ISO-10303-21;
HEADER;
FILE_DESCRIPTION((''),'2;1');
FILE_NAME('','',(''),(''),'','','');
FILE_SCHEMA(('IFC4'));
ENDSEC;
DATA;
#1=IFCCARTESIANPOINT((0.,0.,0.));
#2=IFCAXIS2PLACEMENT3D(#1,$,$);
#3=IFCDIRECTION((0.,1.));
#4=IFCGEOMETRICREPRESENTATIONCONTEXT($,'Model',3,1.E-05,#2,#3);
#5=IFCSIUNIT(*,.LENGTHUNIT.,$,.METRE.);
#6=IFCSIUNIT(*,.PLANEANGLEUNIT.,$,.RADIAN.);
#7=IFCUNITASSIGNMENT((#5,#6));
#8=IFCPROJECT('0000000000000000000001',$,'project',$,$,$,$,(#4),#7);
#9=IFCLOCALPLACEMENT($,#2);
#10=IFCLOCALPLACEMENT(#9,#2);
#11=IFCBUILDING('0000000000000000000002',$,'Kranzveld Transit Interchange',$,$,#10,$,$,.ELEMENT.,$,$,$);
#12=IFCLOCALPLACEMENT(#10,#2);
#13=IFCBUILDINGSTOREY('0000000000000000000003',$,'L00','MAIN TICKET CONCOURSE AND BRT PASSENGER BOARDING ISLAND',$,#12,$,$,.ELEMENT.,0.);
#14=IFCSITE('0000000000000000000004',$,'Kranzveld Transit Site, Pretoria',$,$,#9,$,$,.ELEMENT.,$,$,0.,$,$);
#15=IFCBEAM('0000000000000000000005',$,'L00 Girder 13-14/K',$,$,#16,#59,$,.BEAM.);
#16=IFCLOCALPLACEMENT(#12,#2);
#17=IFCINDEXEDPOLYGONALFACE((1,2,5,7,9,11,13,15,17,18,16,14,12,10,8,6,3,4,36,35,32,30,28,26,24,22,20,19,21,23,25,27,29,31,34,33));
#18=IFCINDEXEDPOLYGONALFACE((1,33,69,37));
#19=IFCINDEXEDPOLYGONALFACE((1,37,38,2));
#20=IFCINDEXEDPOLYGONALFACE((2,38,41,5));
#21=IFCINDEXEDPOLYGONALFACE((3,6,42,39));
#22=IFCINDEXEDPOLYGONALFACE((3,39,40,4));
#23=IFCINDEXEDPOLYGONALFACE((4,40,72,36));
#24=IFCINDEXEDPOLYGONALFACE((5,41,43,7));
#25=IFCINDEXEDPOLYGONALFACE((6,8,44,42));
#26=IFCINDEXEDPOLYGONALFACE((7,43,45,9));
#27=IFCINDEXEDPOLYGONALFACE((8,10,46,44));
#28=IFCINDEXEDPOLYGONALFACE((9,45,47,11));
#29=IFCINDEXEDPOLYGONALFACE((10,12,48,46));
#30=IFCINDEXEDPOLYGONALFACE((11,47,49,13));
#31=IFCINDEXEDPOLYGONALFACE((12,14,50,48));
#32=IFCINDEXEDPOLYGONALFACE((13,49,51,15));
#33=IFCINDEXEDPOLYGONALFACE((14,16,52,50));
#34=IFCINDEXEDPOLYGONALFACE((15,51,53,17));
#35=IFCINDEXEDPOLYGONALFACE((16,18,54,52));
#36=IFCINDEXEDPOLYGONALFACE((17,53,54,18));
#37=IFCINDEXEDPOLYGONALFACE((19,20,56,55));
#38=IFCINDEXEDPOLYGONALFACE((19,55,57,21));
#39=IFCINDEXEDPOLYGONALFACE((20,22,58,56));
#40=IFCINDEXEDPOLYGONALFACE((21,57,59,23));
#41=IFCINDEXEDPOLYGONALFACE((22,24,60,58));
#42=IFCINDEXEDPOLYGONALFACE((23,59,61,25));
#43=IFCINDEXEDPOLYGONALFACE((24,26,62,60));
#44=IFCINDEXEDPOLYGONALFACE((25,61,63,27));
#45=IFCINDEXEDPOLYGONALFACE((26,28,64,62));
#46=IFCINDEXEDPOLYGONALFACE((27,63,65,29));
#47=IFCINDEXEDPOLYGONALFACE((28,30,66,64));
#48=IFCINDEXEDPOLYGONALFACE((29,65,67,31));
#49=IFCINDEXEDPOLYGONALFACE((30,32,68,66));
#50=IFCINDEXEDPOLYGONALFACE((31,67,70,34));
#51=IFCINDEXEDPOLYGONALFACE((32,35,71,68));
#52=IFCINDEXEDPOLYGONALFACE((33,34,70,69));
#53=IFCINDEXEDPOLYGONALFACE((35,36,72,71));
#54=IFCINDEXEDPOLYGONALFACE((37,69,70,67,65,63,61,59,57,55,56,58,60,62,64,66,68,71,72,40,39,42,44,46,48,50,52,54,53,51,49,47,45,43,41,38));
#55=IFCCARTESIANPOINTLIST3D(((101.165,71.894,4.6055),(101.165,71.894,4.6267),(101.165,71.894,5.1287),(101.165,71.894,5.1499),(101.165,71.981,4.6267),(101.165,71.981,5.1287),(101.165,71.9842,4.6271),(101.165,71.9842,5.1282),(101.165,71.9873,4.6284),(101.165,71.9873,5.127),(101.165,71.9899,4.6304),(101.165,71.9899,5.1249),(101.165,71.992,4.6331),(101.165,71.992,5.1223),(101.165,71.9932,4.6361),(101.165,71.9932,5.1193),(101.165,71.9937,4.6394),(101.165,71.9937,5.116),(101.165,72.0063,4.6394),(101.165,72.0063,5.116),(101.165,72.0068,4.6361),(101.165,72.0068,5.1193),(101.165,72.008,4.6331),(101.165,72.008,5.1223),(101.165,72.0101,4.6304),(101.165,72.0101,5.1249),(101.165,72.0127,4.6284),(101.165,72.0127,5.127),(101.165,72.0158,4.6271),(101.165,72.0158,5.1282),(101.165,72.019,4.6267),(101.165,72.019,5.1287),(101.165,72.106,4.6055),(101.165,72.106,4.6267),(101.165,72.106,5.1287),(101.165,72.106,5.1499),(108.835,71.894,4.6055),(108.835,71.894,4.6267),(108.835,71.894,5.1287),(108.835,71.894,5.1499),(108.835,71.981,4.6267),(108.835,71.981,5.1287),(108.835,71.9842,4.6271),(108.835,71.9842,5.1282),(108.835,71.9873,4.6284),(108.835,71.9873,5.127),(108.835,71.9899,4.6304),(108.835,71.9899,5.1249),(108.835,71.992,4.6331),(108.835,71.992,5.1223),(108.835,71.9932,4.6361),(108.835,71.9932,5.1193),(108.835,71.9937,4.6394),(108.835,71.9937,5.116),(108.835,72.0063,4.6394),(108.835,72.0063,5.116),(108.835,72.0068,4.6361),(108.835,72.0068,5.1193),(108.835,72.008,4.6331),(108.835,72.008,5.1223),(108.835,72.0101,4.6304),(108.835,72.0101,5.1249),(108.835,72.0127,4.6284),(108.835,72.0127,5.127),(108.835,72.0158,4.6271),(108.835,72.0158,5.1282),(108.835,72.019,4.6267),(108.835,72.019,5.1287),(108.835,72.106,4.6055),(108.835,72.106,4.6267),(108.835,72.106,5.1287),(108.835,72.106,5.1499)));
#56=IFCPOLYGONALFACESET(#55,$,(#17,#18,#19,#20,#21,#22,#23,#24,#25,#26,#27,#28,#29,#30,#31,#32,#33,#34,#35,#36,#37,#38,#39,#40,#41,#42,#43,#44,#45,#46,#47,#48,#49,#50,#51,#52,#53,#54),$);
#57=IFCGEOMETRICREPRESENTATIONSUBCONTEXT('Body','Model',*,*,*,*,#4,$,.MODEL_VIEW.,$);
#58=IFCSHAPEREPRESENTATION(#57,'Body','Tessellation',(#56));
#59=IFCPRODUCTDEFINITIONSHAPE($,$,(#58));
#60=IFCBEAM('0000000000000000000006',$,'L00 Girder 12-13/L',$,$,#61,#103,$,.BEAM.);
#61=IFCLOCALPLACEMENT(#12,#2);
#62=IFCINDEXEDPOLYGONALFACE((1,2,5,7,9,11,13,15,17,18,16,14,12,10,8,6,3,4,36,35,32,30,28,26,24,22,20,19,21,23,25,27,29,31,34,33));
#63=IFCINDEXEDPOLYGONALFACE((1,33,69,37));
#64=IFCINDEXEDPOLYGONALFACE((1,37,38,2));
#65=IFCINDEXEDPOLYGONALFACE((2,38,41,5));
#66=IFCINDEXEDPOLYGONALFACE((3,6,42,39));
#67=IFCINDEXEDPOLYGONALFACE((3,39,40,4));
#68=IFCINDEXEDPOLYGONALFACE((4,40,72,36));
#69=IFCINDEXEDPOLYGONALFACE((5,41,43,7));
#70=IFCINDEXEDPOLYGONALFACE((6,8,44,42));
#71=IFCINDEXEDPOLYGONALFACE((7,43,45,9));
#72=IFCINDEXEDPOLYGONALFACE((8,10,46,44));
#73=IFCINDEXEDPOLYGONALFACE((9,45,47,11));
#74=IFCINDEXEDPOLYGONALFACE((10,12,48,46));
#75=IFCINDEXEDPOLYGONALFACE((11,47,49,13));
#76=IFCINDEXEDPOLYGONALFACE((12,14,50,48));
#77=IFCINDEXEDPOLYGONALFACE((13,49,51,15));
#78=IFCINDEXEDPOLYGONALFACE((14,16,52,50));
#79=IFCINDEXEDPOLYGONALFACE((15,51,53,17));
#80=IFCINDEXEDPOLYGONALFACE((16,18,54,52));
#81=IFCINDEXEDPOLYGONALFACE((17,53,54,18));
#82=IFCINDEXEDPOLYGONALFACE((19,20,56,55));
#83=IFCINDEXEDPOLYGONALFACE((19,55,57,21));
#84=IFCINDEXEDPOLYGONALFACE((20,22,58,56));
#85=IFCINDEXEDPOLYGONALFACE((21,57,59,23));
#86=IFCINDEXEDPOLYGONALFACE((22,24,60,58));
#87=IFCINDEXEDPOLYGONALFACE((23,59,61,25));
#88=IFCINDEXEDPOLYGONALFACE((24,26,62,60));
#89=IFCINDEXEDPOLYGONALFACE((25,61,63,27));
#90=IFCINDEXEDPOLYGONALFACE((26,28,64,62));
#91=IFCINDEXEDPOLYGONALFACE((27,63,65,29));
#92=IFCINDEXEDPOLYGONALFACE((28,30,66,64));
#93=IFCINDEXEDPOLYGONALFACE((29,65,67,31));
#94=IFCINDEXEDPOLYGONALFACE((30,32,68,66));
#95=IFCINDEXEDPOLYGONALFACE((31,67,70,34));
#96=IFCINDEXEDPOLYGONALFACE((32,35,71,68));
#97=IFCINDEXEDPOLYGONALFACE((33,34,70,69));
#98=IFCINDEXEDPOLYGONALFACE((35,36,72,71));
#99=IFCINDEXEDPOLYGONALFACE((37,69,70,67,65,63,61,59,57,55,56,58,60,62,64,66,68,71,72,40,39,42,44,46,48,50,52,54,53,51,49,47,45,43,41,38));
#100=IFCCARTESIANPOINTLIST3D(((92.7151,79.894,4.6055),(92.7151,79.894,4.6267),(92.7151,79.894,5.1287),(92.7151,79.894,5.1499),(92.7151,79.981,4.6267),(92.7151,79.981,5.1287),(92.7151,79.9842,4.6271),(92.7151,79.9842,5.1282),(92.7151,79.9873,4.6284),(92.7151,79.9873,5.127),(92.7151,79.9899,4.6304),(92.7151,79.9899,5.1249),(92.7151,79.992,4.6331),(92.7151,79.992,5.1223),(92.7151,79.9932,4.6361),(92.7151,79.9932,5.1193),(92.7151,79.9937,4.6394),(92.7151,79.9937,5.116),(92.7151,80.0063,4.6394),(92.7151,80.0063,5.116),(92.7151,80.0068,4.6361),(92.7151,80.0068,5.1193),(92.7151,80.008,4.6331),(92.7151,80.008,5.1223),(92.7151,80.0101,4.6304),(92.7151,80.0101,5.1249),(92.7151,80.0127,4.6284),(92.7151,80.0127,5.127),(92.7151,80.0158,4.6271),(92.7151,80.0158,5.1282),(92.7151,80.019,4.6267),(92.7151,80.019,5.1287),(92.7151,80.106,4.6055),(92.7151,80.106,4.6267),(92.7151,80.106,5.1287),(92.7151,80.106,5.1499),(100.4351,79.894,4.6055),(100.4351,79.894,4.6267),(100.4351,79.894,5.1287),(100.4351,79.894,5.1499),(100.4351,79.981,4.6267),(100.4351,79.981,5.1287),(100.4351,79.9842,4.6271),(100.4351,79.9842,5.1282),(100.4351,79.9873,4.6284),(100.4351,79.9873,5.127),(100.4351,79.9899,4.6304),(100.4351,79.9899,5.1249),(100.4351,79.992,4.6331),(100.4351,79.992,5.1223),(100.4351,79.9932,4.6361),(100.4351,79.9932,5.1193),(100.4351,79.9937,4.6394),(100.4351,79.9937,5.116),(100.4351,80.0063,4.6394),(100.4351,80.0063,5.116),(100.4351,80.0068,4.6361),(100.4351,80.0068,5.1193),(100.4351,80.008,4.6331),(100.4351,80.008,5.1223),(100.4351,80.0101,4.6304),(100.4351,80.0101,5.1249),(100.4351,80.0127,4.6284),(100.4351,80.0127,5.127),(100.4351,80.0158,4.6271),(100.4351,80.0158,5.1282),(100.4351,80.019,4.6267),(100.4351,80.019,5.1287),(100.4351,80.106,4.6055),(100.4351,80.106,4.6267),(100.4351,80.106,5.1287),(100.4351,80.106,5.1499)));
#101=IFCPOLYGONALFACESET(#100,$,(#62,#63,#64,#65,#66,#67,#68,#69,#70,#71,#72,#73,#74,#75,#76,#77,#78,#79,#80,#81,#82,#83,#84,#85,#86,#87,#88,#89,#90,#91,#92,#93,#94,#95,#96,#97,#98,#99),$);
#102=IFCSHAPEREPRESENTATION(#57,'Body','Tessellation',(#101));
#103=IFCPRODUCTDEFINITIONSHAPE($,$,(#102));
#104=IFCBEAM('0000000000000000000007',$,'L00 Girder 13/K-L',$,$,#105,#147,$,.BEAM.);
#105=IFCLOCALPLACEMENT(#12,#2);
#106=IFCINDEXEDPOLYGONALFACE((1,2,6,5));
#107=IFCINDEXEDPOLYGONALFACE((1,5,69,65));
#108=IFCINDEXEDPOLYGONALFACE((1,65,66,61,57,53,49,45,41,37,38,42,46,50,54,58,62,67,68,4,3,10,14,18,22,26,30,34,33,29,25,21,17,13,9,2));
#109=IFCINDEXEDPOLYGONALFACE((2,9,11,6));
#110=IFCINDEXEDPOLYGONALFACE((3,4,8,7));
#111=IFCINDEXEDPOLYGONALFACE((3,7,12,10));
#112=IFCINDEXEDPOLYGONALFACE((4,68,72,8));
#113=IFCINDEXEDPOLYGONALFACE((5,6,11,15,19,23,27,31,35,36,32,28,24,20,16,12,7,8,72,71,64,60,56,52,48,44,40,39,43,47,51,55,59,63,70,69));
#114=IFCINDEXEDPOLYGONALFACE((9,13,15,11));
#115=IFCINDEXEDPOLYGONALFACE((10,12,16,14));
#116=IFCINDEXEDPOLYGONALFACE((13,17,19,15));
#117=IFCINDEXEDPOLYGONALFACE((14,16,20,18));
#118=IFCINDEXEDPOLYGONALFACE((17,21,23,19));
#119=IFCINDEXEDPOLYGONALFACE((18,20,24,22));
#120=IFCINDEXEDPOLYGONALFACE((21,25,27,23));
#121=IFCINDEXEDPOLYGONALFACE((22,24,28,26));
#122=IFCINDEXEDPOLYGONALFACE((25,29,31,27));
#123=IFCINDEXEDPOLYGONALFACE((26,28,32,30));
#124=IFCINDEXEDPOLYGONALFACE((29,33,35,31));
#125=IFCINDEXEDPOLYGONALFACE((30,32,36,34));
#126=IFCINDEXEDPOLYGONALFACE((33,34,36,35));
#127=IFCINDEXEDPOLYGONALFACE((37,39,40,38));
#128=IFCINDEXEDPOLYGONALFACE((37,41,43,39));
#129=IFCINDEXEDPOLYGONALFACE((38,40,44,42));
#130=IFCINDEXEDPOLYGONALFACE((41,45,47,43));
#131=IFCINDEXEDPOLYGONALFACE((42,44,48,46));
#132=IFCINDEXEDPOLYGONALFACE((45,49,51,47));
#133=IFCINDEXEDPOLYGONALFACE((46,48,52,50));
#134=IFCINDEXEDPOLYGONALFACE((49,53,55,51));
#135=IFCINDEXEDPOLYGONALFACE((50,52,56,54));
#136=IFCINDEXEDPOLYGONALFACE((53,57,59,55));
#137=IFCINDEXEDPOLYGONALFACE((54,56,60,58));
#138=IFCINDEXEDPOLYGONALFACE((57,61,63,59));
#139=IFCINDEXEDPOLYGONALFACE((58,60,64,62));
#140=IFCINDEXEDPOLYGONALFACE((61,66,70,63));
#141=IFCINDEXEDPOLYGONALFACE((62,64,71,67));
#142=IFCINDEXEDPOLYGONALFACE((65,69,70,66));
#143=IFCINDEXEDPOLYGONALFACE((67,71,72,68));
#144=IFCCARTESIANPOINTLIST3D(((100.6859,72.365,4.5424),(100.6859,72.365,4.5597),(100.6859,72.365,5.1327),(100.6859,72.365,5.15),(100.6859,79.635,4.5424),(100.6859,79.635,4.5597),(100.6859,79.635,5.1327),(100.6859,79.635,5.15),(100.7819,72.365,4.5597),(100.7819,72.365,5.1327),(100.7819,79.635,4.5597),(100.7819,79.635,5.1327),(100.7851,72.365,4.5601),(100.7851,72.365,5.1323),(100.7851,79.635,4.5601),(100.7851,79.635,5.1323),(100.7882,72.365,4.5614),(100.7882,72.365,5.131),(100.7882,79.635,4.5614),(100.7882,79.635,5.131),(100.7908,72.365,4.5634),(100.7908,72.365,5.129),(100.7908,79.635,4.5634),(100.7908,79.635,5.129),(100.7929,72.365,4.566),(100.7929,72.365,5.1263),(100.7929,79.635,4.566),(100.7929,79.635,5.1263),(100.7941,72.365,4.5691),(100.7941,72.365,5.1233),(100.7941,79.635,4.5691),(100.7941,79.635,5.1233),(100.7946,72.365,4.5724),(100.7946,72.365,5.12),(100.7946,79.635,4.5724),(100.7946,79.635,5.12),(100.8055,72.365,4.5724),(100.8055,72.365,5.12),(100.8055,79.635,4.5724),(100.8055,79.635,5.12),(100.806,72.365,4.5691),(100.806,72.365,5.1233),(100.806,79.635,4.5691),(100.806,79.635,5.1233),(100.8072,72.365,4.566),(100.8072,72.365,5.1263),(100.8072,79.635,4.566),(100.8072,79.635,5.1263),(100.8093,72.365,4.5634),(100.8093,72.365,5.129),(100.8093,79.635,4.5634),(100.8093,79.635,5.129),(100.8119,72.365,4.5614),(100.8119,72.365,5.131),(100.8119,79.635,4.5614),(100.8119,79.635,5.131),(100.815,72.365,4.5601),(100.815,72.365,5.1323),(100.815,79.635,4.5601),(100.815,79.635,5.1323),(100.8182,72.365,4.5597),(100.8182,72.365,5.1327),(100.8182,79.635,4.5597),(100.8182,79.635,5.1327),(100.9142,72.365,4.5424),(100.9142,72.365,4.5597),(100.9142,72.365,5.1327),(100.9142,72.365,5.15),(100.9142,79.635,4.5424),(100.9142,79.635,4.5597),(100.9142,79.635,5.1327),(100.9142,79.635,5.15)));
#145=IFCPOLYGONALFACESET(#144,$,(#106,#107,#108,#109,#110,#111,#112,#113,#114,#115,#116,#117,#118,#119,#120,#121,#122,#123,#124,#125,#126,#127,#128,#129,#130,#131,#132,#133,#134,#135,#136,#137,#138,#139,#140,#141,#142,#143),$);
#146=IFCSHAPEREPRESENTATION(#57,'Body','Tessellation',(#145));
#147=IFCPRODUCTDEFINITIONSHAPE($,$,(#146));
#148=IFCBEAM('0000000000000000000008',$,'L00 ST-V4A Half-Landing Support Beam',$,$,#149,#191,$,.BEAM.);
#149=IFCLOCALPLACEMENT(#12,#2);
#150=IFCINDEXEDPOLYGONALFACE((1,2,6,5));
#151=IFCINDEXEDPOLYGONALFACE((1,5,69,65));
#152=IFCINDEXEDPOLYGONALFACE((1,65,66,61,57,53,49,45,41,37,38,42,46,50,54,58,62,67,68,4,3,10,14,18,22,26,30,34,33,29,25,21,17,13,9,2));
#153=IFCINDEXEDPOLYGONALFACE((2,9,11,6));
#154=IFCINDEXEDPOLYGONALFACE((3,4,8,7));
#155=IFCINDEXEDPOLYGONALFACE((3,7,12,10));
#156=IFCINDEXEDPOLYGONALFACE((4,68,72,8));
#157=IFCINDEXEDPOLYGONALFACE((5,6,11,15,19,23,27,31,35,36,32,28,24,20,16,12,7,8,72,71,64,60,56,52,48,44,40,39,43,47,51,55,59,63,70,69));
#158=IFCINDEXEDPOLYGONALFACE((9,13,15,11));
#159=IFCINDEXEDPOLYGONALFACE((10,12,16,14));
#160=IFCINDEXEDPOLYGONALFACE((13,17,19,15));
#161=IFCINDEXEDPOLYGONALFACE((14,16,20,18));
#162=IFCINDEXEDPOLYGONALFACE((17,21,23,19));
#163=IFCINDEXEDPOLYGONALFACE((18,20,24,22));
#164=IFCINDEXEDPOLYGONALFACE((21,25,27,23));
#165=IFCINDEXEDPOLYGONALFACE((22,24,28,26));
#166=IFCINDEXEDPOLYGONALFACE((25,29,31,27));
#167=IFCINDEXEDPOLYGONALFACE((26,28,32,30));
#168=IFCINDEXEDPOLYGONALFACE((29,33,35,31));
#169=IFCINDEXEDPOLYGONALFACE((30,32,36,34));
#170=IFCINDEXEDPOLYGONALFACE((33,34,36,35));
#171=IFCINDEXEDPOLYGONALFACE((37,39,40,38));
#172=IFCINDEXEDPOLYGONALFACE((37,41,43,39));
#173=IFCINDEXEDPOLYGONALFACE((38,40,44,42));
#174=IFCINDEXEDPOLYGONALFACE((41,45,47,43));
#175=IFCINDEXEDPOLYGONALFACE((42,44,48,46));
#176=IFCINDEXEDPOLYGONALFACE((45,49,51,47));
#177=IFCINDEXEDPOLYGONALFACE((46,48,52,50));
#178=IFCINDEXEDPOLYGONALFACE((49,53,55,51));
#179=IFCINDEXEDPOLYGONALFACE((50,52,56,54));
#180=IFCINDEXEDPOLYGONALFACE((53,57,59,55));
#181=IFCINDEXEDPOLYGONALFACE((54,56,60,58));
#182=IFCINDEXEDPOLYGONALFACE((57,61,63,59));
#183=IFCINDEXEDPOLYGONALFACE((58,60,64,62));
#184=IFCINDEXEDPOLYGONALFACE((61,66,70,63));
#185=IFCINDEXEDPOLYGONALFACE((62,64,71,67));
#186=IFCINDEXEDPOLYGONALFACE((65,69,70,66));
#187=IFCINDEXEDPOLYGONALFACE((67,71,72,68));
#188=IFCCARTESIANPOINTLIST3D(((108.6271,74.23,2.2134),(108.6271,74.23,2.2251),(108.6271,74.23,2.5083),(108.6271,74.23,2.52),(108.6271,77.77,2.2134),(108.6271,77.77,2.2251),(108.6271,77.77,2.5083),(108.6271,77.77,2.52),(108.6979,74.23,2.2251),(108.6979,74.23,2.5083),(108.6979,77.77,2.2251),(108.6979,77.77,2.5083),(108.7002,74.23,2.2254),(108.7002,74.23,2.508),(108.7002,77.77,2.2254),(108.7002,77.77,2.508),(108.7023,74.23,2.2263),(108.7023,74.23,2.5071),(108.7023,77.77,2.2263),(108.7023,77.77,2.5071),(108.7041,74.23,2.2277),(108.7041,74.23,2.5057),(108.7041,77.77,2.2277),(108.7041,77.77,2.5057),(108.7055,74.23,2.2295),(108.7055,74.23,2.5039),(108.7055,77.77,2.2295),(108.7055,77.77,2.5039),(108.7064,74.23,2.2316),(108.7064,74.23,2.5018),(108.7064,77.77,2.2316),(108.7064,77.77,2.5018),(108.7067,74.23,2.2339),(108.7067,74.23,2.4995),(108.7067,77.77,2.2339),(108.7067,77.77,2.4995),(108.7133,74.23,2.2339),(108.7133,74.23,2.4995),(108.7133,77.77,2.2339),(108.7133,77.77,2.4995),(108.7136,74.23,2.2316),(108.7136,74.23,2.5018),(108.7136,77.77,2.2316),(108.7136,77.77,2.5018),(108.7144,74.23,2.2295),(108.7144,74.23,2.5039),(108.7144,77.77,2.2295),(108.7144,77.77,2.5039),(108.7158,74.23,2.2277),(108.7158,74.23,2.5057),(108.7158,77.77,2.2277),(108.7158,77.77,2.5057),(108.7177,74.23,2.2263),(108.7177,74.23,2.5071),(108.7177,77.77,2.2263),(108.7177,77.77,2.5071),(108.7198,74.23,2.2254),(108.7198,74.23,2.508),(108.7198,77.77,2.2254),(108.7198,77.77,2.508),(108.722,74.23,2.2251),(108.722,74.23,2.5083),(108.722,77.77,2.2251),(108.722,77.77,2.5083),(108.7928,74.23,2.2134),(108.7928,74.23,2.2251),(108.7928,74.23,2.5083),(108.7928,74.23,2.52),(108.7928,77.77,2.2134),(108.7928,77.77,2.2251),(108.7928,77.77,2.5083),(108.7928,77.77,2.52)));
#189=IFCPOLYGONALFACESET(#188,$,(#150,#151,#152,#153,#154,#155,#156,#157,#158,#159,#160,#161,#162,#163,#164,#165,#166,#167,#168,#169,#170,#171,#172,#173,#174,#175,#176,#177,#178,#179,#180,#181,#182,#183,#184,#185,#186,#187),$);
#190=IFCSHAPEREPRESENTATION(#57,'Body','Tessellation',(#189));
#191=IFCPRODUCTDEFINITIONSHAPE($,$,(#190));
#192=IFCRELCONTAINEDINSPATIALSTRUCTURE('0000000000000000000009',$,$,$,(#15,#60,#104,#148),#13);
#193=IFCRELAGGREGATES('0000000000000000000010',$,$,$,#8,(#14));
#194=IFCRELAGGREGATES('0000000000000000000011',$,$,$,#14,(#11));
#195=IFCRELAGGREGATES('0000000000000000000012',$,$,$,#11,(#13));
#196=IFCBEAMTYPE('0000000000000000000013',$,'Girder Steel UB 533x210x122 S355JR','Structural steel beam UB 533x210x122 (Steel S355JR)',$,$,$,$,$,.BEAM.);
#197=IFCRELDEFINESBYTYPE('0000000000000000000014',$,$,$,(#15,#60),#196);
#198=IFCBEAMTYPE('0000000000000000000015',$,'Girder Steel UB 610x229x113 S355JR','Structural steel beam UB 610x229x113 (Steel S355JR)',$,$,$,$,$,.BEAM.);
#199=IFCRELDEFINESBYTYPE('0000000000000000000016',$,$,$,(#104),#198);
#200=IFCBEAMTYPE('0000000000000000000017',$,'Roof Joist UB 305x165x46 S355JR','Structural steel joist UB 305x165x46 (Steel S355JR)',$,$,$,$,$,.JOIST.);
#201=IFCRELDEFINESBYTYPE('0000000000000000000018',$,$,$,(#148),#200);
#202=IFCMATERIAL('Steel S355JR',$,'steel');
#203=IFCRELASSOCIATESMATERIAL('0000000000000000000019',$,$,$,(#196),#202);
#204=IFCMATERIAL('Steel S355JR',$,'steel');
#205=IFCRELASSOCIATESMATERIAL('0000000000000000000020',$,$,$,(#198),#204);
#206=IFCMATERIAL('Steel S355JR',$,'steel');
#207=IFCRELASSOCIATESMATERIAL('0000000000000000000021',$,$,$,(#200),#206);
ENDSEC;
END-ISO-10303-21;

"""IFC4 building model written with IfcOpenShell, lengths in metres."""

from ifc_helpers import new_model, si_unit, direction, frame, origin, origin_2d, place, context, subcontext, project, spatial, i_section, extrude, material, material_profile, profile_set, type_object, element, save


model = new_model("IFC4")

# Units and contexts
model_context = context("Model", 3, precision=1e-05, world=origin(), true_north=direction((0.0, 1.0)))
body_context = subcontext(model_context, "Body", "Model", "MODEL_VIEW")
ifc_project = project(units=[si_unit("LENGTHUNIT", "METRE"), si_unit("PLANEANGLEUNIT", "RADIAN")], contexts=[model_context])

# Site, building, storey
site_placement = place(None, origin())
site = spatial("IfcSite", under=ifc_project, at=site_placement, Name="Kranzveld Transit Site, Pretoria", CompositionType="ELEMENT", RefElevation=0.0)
building_placement = place(site_placement, origin())
building = spatial("IfcBuilding", under=site, at=building_placement, Name="Kranzveld Transit Interchange", CompositionType="ELEMENT")
storey_placement = place(building_placement, origin())
storey = spatial("IfcBuildingStorey", under=building, at=storey_placement, Name="L00", Description="MAIN TICKET CONCOURSE AND BRT PASSENGER BOARDING ISLAND", CompositionType="ELEMENT", Elevation=0.0)

# Beams
ifc_material_1 = material(Name="Steel S355JR", Category="steel")
ifc_material_profile_1 = material_profile(ifc_material_1, i_section(OverallWidth=0.2119, OverallDepth=0.5444, WebThickness=0.0127, FlangeThickness=0.0212, FilletRadius=0.0127, at=origin_2d()), Name="UB 533x210x122")
ifc_profile_set_1 = profile_set([ifc_material_profile_1], Name="Steel S355JR")
beam_type_1 = type_object("IfcBeamType", Name="Girder Steel UB 533x210x122 S355JR", Description="Structural steel beam UB 533x210x122 (Steel S355JR)", PredefinedType="BEAM", material=ifc_profile_set_1)
beam_1_placement = place(storey_placement, frame((101.165, 72.0, 4.8777), z_axis=(1.0, 0.0, 0.0), x_axis=(0.0, 1.0, 0.0)))
element("IfcBeam", 1, at=beam_1_placement, inside=storey, type_object=beam_type_1, Name="L00 Girder 13-14/K", PredefinedType="BEAM", context=body_context, shape_type="SweptSolid", body=[
    extrude(i_section(OverallWidth=0.2119, OverallDepth=0.5444, WebThickness=0.0127, FlangeThickness=0.0212, FilletRadius=0.0127, at=origin_2d()), origin(), (0.0, 0.0, 1.0), 7.6699),
])
beam_2_placement = place(storey_placement, frame((92.7151, 80.0, 4.8777), z_axis=(1.0, 0.0, 0.0), x_axis=(0.0, 1.0, 0.0)))
element("IfcBeam", 2, at=beam_2_placement, inside=storey, type_object=beam_type_1, Name="L00 Girder 12-13/L", PredefinedType="BEAM", context=body_context, shape_type="SweptSolid", body=[
    extrude(i_section(OverallWidth=0.2119, OverallDepth=0.5444, WebThickness=0.0127, FlangeThickness=0.0212, FilletRadius=0.0127, at=origin_2d()), origin(), (0.0, 0.0, 1.0), 7.72),
])
ifc_material_2 = material(Name="Steel S355JR", Category="steel")
ifc_material_profile_2 = material_profile(ifc_material_2, i_section(OverallWidth=0.2283, OverallDepth=0.6077, WebThickness=0.011, FlangeThickness=0.0173, FilletRadius=0.0127, at=origin_2d()), Name="UB 610x229x113")
ifc_profile_set_2 = profile_set([ifc_material_profile_2], Name="Steel S355JR")
beam_type_2 = type_object("IfcBeamType", Name="Girder Steel UB 610x229x113 S355JR", Description="Structural steel beam UB 610x229x113 (Steel S355JR)", PredefinedType="BEAM", material=ifc_profile_set_2)
beam_3_placement = place(storey_placement, frame((100.8, 72.365, 4.8462), z_axis=(0.0, 1.0, 0.0), x_axis=(-1.0, 0.0, 0.0)))
element("IfcBeam", 3, at=beam_3_placement, inside=storey, type_object=beam_type_2, Name="L00 Girder 13/K-L", PredefinedType="BEAM", context=body_context, shape_type="SweptSolid", body=[
    extrude(i_section(OverallWidth=0.2283, OverallDepth=0.6077, WebThickness=0.011, FlangeThickness=0.0173, FilletRadius=0.0127, at=origin_2d()), origin(), (0.0, 0.0, 1.0), 7.27),
])
ifc_material_3 = material(Name="Steel S355JR", Category="steel")
ifc_material_profile_3 = material_profile(ifc_material_3, i_section(OverallWidth=0.1658, OverallDepth=0.3066, WebThickness=0.0066, FlangeThickness=0.0117, FilletRadius=0.0088, at=origin_2d()), Name="UB 305x165x46")
ifc_profile_set_3 = profile_set([ifc_material_profile_3], Name="Steel S355JR")
beam_type_3 = type_object("IfcBeamType", Name="Roof Joist UB 305x165x46 S355JR", Description="Structural steel joist UB 305x165x46 (Steel S355JR)", PredefinedType="JOIST", material=ifc_profile_set_3)
beam_4_placement = place(storey_placement, frame((108.71, 74.23, 2.3667), z_axis=(0.0, 1.0, 0.0), x_axis=(-1.0, 0.0, 0.0)))
element("IfcBeam", 4, at=beam_4_placement, inside=storey, type_object=beam_type_3, Name="L00 ST-V4A Half-Landing Support Beam", PredefinedType="BEAM", context=body_context, shape_type="SweptSolid", body=[
    extrude(i_section(OverallWidth=0.1658, OverallDepth=0.3066, WebThickness=0.0066, FlangeThickness=0.0117, FilletRadius=0.0088, at=origin_2d()), origin(), (0.0, 0.0, 1.0), 3.54),
])

save(model, "model.ifc")
